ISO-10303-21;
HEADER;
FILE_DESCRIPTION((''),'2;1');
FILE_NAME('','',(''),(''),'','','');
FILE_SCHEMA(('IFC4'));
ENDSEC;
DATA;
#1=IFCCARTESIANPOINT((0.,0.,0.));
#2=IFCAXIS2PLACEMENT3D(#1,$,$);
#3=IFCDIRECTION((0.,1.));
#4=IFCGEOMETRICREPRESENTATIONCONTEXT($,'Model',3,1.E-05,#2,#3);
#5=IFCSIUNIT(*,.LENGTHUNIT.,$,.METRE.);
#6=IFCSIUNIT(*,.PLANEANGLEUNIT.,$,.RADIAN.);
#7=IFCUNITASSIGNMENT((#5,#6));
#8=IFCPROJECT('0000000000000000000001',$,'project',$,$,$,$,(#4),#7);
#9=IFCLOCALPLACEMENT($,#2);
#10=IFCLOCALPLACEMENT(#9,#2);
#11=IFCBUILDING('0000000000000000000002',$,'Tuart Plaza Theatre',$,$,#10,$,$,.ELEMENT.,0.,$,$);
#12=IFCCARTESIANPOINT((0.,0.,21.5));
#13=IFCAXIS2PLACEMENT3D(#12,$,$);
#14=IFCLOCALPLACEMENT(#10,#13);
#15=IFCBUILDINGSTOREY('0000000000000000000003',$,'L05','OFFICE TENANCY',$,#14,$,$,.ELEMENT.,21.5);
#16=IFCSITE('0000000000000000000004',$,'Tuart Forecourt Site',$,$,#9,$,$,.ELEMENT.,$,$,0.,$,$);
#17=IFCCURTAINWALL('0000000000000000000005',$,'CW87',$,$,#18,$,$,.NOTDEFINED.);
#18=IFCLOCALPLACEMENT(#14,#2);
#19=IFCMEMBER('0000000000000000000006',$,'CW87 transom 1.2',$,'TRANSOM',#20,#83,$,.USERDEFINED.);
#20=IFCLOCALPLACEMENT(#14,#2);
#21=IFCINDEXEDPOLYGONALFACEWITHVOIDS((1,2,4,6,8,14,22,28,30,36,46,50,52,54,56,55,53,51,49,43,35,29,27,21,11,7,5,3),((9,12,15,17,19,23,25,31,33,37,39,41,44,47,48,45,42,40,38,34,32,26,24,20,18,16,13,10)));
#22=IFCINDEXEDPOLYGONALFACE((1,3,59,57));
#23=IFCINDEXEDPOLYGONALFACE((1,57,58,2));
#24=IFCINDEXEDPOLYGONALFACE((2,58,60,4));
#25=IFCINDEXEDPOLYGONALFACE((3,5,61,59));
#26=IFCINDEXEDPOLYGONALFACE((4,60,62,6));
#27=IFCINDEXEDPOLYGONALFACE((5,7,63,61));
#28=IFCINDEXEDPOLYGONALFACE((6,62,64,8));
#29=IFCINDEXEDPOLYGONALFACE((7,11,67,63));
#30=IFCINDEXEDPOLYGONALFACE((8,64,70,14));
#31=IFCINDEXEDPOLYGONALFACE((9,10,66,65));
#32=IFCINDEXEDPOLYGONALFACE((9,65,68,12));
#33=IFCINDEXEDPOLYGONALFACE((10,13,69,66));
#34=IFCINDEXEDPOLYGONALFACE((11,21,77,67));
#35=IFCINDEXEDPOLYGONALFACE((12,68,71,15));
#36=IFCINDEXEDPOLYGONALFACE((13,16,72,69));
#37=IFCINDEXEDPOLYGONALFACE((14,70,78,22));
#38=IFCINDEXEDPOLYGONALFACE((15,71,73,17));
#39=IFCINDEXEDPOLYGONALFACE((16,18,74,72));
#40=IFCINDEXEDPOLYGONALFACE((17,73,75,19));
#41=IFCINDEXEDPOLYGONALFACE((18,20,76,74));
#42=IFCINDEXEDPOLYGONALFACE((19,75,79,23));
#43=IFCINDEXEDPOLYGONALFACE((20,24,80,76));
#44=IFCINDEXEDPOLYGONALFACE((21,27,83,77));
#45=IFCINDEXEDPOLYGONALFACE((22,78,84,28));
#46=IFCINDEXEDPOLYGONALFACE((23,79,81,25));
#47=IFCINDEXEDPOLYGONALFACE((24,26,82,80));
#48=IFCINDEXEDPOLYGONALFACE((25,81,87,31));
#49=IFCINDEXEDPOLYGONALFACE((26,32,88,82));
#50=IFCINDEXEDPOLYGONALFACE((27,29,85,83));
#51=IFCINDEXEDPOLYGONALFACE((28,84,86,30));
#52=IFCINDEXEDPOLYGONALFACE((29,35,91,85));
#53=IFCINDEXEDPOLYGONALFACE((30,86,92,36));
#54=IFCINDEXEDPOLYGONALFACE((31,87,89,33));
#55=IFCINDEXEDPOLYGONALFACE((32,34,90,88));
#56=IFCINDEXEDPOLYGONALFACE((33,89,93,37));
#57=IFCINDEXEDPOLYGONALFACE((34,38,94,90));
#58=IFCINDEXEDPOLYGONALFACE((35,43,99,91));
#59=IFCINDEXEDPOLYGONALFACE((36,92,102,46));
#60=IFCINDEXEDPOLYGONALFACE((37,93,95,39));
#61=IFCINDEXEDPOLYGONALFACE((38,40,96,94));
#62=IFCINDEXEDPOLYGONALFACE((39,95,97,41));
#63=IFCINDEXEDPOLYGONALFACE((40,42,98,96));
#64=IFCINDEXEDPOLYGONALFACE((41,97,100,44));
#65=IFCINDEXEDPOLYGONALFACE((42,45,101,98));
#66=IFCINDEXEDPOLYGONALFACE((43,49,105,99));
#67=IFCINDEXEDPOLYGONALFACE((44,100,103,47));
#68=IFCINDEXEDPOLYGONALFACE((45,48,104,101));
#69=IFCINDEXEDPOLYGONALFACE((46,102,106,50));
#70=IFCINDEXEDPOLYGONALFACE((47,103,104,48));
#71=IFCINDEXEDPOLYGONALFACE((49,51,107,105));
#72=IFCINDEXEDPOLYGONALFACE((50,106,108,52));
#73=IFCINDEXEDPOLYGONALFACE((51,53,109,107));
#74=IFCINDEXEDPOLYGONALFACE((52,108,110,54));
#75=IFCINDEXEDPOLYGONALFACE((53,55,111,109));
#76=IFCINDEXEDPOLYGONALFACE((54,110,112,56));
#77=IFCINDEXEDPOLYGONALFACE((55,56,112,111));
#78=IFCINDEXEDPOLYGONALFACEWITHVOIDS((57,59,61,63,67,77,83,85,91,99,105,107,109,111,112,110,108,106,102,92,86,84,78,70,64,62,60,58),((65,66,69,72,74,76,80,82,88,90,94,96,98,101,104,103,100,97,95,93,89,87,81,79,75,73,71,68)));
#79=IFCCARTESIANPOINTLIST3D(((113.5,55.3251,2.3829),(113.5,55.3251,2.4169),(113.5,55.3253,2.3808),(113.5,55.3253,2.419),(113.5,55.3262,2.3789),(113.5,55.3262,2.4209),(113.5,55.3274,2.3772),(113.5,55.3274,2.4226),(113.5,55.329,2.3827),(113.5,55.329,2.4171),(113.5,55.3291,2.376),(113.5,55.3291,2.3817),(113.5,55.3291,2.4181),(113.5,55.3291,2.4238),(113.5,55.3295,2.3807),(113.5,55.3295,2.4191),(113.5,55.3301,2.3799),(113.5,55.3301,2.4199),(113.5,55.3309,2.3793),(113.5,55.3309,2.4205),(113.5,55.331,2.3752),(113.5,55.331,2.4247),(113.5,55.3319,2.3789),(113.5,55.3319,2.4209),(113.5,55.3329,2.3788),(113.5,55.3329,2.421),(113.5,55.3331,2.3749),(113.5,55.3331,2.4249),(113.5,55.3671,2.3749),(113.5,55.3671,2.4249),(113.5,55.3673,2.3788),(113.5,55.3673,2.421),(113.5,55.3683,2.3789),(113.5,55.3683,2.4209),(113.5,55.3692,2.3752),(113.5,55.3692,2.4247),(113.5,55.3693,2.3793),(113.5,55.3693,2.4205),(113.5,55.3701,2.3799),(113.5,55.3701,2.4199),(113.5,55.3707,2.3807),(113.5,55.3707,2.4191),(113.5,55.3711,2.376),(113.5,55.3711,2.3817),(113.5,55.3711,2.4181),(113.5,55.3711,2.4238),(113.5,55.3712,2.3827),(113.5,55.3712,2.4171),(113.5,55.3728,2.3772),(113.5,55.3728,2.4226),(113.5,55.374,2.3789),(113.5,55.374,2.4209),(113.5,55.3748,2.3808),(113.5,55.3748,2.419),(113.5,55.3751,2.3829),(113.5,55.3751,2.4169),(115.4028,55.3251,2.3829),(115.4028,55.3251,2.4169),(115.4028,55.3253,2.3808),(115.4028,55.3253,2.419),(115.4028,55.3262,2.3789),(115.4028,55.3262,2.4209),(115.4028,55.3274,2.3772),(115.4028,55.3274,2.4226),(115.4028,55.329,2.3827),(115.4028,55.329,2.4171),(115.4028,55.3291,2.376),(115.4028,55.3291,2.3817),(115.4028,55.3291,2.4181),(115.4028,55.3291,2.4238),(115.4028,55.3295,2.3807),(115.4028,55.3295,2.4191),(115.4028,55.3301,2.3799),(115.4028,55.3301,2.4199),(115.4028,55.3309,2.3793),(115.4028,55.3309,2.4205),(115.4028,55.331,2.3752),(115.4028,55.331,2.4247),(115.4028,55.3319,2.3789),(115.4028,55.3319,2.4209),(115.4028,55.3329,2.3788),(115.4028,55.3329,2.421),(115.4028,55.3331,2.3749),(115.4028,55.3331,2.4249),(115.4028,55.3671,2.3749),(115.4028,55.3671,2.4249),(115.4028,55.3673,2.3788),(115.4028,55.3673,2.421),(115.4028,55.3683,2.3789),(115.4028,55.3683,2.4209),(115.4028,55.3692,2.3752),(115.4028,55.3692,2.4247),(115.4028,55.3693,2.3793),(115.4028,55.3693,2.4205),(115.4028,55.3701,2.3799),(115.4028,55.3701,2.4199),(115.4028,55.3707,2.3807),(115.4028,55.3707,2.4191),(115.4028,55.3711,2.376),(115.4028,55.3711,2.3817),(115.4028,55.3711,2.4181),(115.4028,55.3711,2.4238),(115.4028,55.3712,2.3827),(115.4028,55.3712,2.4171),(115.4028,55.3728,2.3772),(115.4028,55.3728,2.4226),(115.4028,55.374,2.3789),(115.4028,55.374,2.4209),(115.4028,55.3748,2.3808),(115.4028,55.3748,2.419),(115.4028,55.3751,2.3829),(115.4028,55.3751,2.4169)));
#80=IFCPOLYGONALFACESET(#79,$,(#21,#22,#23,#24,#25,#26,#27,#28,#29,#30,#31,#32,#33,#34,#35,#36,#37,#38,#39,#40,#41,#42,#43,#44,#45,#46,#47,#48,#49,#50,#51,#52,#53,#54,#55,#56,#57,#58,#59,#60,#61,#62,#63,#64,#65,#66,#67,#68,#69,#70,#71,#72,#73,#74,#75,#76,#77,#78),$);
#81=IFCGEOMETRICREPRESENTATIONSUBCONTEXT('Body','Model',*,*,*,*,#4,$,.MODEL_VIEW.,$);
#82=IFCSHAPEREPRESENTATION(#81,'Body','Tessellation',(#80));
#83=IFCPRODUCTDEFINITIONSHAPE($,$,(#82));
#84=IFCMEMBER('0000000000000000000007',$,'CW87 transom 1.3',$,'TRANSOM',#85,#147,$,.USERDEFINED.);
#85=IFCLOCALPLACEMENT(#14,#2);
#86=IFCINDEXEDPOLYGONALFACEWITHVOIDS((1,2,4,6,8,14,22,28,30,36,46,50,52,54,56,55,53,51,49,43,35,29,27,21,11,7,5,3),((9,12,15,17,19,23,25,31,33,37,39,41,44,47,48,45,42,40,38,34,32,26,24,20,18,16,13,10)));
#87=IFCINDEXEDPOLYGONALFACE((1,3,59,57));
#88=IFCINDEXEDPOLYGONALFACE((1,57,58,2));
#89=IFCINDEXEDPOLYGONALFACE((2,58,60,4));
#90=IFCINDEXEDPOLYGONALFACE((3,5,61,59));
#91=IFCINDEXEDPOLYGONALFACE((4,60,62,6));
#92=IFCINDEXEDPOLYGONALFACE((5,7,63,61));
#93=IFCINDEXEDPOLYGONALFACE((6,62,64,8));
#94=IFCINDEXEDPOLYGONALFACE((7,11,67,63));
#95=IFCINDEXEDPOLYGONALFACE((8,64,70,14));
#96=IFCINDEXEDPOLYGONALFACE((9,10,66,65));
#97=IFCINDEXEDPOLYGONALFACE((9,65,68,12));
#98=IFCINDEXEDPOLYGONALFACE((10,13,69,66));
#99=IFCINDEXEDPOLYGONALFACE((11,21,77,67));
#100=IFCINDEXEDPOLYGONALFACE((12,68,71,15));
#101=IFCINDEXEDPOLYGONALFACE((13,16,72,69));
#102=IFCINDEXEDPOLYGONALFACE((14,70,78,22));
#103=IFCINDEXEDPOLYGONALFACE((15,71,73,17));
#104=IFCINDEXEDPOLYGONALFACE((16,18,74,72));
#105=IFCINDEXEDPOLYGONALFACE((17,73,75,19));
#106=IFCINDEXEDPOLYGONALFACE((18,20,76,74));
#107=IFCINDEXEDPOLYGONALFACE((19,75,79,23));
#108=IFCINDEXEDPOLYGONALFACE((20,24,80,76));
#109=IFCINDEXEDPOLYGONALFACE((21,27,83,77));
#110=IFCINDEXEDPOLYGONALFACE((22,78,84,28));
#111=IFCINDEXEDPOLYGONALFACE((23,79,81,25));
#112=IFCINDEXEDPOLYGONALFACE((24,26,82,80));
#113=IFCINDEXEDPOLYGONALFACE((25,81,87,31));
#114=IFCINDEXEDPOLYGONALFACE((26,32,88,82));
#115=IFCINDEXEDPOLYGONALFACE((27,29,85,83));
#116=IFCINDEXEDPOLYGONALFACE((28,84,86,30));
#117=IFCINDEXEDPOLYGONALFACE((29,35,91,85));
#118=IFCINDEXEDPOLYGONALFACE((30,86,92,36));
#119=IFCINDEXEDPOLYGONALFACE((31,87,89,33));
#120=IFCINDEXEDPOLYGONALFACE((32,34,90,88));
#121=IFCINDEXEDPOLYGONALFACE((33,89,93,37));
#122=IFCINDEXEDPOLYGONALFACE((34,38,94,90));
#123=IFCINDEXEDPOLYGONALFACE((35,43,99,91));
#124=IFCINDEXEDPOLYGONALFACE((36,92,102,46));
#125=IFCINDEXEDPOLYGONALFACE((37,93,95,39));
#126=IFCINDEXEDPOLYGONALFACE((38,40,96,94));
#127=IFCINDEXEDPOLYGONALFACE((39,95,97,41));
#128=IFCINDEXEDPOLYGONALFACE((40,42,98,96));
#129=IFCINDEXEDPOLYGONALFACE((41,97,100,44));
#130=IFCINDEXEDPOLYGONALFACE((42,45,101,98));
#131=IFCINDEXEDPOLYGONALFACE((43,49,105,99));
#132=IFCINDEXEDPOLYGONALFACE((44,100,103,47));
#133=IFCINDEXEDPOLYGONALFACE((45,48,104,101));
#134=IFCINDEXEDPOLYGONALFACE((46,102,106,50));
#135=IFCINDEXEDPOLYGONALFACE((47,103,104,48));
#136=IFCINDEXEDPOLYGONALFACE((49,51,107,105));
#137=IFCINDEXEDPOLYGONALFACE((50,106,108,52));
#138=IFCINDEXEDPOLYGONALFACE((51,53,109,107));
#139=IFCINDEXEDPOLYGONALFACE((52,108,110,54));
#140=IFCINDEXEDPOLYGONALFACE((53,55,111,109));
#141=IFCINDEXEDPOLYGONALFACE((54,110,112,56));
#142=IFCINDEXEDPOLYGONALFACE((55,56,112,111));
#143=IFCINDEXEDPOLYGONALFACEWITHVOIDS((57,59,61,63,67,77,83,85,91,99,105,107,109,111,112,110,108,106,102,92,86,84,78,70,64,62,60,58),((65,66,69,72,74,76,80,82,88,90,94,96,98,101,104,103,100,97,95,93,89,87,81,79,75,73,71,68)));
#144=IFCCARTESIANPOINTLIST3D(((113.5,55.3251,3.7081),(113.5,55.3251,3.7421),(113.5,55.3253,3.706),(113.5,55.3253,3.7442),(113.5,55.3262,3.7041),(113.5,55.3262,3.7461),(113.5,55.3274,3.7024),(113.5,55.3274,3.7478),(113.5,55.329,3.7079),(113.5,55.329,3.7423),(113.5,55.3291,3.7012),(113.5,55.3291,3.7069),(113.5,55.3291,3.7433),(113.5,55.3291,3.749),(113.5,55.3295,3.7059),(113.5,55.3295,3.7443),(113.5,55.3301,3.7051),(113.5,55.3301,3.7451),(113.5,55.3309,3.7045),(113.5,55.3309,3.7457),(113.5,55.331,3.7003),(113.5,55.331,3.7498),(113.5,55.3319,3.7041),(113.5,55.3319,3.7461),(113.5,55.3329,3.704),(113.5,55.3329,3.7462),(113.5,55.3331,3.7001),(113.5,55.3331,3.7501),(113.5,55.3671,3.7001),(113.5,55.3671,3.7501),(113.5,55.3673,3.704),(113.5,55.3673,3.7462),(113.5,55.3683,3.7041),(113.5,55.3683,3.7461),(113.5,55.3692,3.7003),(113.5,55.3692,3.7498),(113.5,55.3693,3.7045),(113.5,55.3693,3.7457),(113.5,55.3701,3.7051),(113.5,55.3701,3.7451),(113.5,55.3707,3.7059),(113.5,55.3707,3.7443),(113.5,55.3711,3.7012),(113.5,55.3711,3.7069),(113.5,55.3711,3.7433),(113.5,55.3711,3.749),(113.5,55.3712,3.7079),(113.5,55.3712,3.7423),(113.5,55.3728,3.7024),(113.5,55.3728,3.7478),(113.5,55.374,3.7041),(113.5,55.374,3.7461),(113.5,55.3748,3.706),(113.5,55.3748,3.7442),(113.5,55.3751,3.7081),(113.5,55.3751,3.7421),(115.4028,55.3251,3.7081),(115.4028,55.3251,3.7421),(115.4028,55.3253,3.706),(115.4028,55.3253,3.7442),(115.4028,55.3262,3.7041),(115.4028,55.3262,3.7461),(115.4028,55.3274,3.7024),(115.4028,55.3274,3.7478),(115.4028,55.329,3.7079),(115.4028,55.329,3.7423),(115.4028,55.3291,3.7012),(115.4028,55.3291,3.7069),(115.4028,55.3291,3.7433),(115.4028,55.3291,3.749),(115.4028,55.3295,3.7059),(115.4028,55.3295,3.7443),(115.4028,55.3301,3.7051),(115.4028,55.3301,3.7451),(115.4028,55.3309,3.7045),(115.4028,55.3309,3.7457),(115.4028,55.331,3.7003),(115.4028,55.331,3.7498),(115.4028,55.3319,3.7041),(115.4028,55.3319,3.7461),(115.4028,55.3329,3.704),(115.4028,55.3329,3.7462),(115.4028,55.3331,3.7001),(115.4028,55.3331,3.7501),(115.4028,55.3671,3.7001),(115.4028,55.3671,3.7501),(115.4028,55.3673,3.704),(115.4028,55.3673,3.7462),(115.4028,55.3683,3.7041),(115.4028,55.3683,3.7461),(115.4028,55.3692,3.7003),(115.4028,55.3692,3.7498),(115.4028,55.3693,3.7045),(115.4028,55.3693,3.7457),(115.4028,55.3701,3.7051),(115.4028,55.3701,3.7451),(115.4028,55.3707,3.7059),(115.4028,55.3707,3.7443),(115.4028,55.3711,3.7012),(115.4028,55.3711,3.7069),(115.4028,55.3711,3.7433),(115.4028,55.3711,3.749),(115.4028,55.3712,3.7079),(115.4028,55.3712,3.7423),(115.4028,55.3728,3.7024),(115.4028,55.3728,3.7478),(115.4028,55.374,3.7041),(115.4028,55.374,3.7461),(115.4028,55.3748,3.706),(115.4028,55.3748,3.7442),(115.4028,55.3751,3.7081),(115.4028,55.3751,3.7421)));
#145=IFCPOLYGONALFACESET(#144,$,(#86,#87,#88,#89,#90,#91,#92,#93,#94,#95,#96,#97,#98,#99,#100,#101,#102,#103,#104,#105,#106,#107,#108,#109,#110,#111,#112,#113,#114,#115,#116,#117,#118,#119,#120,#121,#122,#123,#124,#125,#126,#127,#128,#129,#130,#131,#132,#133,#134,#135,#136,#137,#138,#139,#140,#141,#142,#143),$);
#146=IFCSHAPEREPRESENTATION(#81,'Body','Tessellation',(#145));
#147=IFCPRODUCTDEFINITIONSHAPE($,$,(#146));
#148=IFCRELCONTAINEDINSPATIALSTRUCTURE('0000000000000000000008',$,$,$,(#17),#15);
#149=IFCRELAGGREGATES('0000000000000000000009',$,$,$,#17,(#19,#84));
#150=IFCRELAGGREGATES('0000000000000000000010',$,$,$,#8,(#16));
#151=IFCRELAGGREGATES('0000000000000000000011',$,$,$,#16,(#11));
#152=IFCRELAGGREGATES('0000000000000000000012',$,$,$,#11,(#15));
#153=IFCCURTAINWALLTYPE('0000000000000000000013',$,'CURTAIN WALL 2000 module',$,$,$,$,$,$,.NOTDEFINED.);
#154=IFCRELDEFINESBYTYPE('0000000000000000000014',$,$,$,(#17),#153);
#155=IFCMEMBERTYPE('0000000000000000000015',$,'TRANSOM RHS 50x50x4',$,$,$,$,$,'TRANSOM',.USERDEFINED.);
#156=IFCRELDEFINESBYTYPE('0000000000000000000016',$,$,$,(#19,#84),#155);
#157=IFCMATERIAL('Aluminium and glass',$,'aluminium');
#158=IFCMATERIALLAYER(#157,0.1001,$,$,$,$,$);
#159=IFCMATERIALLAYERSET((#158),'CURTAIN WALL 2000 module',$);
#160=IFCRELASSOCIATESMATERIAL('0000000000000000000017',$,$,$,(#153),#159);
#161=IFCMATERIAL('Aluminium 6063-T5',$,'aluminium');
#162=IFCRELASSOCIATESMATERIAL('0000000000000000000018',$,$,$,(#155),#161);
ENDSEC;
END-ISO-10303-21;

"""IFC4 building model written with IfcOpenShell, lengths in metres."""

from ifc_helpers import new_model, si_unit, direction, frame, origin, origin_2d, place, context, subcontext, project, spatial, hollow_rectangle, extrude, material, layer, layer_set, material_profile, profile_set, type_object, element, aggregate, save


model = new_model("IFC4")

# Units and contexts
model_context = context("Model", 3, precision=1e-05, world=origin(), true_north=direction((0.0, 1.0)))
body_context = subcontext(model_context, "Body", "Model", "MODEL_VIEW")
ifc_project = project(units=[si_unit("LENGTHUNIT", "METRE"), si_unit("PLANEANGLEUNIT", "RADIAN")], contexts=[model_context])

# Site, building, storey
site_placement = place(None, origin())
site = spatial("IfcSite", under=ifc_project, at=site_placement, Name="Tuart Forecourt Site", CompositionType="ELEMENT", RefElevation=0.0)
building_placement = place(site_placement, origin())
building = spatial("IfcBuilding", under=site, at=building_placement, Name="Tuart Plaza Theatre", CompositionType="ELEMENT", ElevationOfRefHeight=0.0)
storey_placement = place(building_placement, frame((0.0, 0.0, 21.5)))
storey = spatial("IfcBuildingStorey", under=building, at=storey_placement, Name="L05", Description="OFFICE TENANCY", CompositionType="ELEMENT", Elevation=21.5)

# Curtain wall
ifc_material_1 = material(Name="Aluminium and glass", Category="aluminium")
ifc_layer_1 = layer(ifc_material_1, 0.1001)
ifc_layer_set_1 = layer_set([ifc_layer_1], Name="CURTAIN WALL 2000 module")
curtain_wall_type = type_object("IfcCurtainWallType", Name="CURTAIN WALL 2000 module", PredefinedType="NOTDEFINED", material=ifc_layer_set_1)
curtain_wall_1_placement = place(storey_placement, origin())
curtain_wall_1 = element("IfcCurtainWall", 1, at=curtain_wall_1_placement, inside=storey, type_object=curtain_wall_type, Name="CW87", PredefinedType="NOTDEFINED")

# Members
ifc_material_2 = material(Name="Aluminium 6063-T5", Category="aluminium")
ifc_material_profile_1 = material_profile(ifc_material_2, hollow_rectangle(XDim=0.05, YDim=0.05, WallThickness=0.0039, InnerFilletRadius=0.0039, OuterFilletRadius=0.0081, at=origin_2d()), Name="RHS 50x50x4")
ifc_profile_set_1 = profile_set([ifc_material_profile_1], Name="Aluminium 6063-T5")
member_type_1 = type_object("IfcMemberType", Name="TRANSOM RHS 50x50x4", ElementType="TRANSOM", PredefinedType="USERDEFINED", material=ifc_profile_set_1)
member_1_placement = place(storey_placement, frame((113.5, 55.3501, 2.3999), z_axis=(1.0, 0.0, 0.0), x_axis=(0.0, 1.0, 0.0)))
member_1 = element("IfcMember", 2, at=member_1_placement, type_object=member_type_1, Name="CW87 transom 1.2", ObjectType="TRANSOM", PredefinedType="USERDEFINED", context=body_context, shape_type="SweptSolid", body=[
    extrude(hollow_rectangle(XDim=0.05, YDim=0.05, WallThickness=0.0039, InnerFilletRadius=0.0039, OuterFilletRadius=0.0081, at=origin_2d()), origin(), (0.0, 0.0, 1.0), 1.9028),
])
member_2_placement = place(storey_placement, frame((113.5, 55.3501, 3.7251), z_axis=(1.0, 0.0, 0.0), x_axis=(0.0, 1.0, 0.0)))
member_2 = element("IfcMember", 3, at=member_2_placement, type_object=member_type_1, Name="CW87 transom 1.3", ObjectType="TRANSOM", PredefinedType="USERDEFINED", context=body_context, shape_type="SweptSolid", body=[
    extrude(hollow_rectangle(XDim=0.05, YDim=0.05, WallThickness=0.0039, InnerFilletRadius=0.0039, OuterFilletRadius=0.0081, at=origin_2d()), origin(), (0.0, 0.0, 1.0), 1.9028),
])

aggregate(curtain_wall_1, [member_1, member_2])

save(model, "model.ifc")
